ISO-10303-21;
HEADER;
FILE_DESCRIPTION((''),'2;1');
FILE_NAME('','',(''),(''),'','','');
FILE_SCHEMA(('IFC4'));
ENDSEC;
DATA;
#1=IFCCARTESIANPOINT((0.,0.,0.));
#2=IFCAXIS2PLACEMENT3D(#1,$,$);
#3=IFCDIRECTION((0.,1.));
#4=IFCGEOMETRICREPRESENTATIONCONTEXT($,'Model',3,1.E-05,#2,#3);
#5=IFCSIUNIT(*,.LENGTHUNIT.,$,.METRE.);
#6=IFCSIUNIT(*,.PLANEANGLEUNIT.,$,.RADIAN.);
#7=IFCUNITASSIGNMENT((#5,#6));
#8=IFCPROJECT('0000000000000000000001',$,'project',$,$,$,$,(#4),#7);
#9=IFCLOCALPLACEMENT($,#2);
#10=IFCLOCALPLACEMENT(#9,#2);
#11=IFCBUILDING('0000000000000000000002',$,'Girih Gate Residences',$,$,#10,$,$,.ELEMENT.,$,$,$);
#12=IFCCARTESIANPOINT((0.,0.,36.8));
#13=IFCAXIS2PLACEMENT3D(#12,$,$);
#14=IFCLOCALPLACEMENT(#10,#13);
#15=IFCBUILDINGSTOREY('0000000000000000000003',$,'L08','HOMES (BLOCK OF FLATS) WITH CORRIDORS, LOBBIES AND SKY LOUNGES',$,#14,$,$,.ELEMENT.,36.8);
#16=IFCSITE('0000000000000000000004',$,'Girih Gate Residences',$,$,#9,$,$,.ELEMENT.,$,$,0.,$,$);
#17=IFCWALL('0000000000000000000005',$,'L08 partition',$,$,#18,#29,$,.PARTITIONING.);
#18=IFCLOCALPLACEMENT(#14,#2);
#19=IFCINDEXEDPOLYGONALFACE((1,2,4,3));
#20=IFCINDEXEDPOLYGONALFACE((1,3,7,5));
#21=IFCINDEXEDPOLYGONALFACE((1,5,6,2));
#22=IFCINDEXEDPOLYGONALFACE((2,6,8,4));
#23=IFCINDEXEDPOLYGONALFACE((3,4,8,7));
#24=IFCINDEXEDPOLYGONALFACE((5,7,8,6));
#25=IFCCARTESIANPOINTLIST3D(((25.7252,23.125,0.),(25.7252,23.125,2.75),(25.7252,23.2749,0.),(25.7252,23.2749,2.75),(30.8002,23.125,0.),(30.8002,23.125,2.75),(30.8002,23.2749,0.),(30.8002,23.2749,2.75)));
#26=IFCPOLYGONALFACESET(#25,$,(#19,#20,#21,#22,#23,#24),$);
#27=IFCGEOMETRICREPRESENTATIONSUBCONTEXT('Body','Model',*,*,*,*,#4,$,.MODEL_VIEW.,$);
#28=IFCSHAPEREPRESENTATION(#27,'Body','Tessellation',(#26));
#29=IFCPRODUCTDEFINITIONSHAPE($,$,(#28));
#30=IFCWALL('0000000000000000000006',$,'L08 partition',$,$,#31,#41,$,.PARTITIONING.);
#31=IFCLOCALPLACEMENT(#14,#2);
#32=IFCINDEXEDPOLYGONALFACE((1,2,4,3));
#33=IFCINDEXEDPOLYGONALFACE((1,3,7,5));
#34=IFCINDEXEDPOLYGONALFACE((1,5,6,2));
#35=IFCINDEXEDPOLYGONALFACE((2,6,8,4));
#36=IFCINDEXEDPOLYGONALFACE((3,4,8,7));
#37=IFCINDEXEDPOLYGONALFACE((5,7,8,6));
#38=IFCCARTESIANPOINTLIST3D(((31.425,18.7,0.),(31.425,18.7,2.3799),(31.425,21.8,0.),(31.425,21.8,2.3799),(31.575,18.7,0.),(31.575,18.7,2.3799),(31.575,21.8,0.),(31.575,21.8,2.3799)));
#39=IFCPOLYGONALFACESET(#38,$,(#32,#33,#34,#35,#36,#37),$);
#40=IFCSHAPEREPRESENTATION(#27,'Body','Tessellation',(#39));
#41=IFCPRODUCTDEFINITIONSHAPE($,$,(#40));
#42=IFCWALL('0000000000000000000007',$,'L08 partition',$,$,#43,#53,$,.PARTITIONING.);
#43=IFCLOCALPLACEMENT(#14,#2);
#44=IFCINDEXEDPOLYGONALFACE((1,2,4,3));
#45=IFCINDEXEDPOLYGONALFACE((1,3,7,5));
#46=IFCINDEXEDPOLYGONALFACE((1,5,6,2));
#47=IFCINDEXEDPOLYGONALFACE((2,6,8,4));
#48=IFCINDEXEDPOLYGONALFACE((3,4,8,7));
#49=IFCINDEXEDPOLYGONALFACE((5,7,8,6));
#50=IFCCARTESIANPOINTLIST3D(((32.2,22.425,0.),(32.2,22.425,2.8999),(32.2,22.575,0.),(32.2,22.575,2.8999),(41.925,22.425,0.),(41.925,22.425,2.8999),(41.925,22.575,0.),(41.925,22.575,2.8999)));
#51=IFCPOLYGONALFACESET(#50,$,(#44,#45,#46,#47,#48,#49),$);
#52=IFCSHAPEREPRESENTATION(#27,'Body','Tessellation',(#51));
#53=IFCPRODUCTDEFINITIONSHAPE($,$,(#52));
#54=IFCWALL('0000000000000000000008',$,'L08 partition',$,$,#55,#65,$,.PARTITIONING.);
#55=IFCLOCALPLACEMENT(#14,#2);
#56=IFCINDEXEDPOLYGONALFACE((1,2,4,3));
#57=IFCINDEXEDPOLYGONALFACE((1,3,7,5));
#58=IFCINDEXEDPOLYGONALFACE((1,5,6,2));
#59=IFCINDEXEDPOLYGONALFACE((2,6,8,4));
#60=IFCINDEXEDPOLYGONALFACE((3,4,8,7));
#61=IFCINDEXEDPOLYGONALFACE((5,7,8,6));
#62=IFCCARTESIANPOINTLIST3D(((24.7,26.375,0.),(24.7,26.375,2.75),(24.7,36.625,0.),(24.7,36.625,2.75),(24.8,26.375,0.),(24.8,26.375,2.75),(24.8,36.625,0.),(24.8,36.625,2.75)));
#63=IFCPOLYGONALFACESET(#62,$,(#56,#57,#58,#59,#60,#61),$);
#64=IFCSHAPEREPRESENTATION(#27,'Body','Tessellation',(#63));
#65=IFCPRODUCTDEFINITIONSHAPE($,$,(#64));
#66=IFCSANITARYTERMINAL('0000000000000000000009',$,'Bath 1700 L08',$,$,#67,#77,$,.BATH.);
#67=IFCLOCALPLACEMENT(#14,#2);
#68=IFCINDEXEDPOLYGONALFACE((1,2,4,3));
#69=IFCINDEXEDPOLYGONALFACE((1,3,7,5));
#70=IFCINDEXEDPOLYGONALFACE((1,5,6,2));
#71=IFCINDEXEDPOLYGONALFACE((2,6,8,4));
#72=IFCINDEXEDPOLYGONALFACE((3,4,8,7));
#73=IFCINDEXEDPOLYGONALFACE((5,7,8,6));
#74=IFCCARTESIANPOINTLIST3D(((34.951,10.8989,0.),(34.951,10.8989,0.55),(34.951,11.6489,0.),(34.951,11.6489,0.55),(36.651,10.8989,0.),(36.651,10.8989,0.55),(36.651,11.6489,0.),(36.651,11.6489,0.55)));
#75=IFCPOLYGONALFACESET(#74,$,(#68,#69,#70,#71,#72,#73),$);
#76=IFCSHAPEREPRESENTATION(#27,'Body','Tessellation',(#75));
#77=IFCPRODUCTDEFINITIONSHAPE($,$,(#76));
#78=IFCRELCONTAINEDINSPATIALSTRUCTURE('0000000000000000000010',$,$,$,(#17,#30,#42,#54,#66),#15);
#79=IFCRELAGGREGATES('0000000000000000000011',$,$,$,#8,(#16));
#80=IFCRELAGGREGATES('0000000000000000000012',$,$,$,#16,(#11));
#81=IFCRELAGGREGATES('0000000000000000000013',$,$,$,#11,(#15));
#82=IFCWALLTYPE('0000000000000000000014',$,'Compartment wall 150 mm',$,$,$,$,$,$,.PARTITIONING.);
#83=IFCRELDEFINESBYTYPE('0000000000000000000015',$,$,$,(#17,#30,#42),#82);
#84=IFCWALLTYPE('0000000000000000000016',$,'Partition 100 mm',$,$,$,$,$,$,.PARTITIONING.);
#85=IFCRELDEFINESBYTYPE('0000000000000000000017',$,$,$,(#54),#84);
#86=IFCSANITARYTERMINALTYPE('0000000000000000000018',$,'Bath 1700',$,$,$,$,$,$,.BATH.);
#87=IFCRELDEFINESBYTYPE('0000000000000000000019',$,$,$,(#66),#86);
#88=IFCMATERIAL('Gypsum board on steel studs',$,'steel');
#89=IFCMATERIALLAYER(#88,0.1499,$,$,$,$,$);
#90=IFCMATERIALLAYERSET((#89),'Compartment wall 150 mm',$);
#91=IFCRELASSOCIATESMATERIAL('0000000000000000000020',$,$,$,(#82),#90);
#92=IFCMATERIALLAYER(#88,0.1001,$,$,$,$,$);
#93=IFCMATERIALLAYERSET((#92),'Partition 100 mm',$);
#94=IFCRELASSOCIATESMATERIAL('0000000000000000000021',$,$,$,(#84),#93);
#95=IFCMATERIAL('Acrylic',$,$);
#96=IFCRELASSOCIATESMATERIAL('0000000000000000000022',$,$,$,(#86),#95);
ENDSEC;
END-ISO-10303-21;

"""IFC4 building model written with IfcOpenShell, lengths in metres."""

from ifc_helpers import new_model, si_unit, direction, frame, frame_2d, origin, origin_2d, place, context, subcontext, project, spatial, rectangle, extrude, material, layer, layer_set, type_object, element, save


model = new_model("IFC4")

# Units and contexts
model_context = context("Model", 3, precision=1e-05, world=origin(), true_north=direction((0.0, 1.0)))
body_context = subcontext(model_context, "Body", "Model", "MODEL_VIEW")
ifc_project = project(units=[si_unit("LENGTHUNIT", "METRE"), si_unit("PLANEANGLEUNIT", "RADIAN")], contexts=[model_context])

# Site, building, storey
site_placement = place(None, origin())
site = spatial("IfcSite", under=ifc_project, at=site_placement, Name="Girih Gate Residences", CompositionType="ELEMENT", RefElevation=0.0)
building_placement = place(site_placement, origin())
building = spatial("IfcBuilding", under=site, at=building_placement, Name="Girih Gate Residences", CompositionType="ELEMENT")
storey_placement = place(building_placement, frame((0.0, 0.0, 36.8)))
storey = spatial("IfcBuildingStorey", under=building, at=storey_placement, Name="L08", Description="HOMES (BLOCK OF FLATS) WITH CORRIDORS, LOBBIES AND SKY LOUNGES", CompositionType="ELEMENT", Elevation=36.8)

# Shared definitions
ifc_material_1 = material(Name="Gypsum board on steel studs", Category="steel")
ifc_layer_1 = layer(ifc_material_1, 0.1499)
ifc_layer_set_1 = layer_set([ifc_layer_1], Name="Compartment wall 150 mm")
wall_type_1 = type_object("IfcWallType", Name="Compartment wall 150 mm", PredefinedType="PARTITIONING", material=ifc_layer_set_1)

# Walls
wall_1_placement = place(storey_placement, frame((25.7251, 23.2, 0.0), z_axis=(0.0, 0.0, 1.0), x_axis=(1.0, 0.0, 0.0)))
element("IfcWall", 1, at=wall_1_placement, inside=storey, type_object=wall_type_1, Name="L08 partition", PredefinedType="PARTITIONING", context=body_context, shape_type="SweptSolid", body=[
    extrude(rectangle(XDim=5.075, YDim=0.1499, at=frame_2d((2.5376, 0.0))), origin(), (0.0, 0.0, 1.0), 2.75),
])
wall_2_placement = place(storey_placement, frame((31.5, 18.7, 0.0), z_axis=(0.0, 0.0, 1.0), x_axis=(0.0, 1.0, 0.0)))
element("IfcWall", 2, at=wall_2_placement, inside=storey, type_object=wall_type_1, Name="L08 partition", PredefinedType="PARTITIONING", context=body_context, shape_type="SweptSolid", body=[
    extrude(rectangle(XDim=3.1001, YDim=0.1499, at=frame_2d((1.55, 0.0))), origin(), (0.0, 0.0, 1.0), 2.3799),
])
wall_3_placement = place(storey_placement, frame((32.2, 22.5, 0.0), z_axis=(0.0, 0.0, 1.0), x_axis=(1.0, 0.0, 0.0)))
element("IfcWall", 3, at=wall_3_placement, inside=storey, type_object=wall_type_1, Name="L08 partition", PredefinedType="PARTITIONING", context=body_context, shape_type="SweptSolid", body=[
    extrude(rectangle(XDim=9.7251, YDim=0.1499, at=frame_2d((4.8625, 0.0))), origin(), (0.0, 0.0, 1.0), 2.8999),
])
ifc_layer_2 = layer(ifc_material_1, 0.1001)
ifc_layer_set_2 = layer_set([ifc_layer_2], Name="Partition 100 mm")
wall_type_2 = type_object("IfcWallType", Name="Partition 100 mm", PredefinedType="PARTITIONING", material=ifc_layer_set_2)
wall_4_placement = place(storey_placement, frame((24.75, 26.375, 0.0), z_axis=(0.0, 0.0, 1.0), x_axis=(0.0, 1.0, 0.0)))
element("IfcWall", 4, at=wall_4_placement, inside=storey, type_object=wall_type_2, Name="L08 partition", PredefinedType="PARTITIONING", context=body_context, shape_type="SweptSolid", body=[
    extrude(rectangle(XDim=10.25, YDim=0.1001, at=frame_2d((5.125, 0.0))), origin(), (0.0, 0.0, 1.0), 2.75),
])

# Sanitary terminal
ifc_material_2 = material(Name="Acrylic")
sanitary_terminal_type = type_object("IfcSanitaryTerminalType", Name="Bath 1700", PredefinedType="BATH", material=ifc_material_2)
sanitary_terminal_placement = place(storey_placement, frame((35.801, 11.2739, 0.0), z_axis=(0.0, 0.0, 1.0), x_axis=(1.0, 0.0, 0.0)))
element("IfcSanitaryTerminal", 5, at=sanitary_terminal_placement, inside=storey, type_object=sanitary_terminal_type, Name="Bath 1700 L08", PredefinedType="BATH", context=body_context, shape_type="SweptSolid", body=[
    extrude(rectangle(XDim=1.7, YDim=0.75, at=origin_2d()), origin(), (0.0, 0.0, 1.0), 0.55),
])

save(model, "model.ifc")
